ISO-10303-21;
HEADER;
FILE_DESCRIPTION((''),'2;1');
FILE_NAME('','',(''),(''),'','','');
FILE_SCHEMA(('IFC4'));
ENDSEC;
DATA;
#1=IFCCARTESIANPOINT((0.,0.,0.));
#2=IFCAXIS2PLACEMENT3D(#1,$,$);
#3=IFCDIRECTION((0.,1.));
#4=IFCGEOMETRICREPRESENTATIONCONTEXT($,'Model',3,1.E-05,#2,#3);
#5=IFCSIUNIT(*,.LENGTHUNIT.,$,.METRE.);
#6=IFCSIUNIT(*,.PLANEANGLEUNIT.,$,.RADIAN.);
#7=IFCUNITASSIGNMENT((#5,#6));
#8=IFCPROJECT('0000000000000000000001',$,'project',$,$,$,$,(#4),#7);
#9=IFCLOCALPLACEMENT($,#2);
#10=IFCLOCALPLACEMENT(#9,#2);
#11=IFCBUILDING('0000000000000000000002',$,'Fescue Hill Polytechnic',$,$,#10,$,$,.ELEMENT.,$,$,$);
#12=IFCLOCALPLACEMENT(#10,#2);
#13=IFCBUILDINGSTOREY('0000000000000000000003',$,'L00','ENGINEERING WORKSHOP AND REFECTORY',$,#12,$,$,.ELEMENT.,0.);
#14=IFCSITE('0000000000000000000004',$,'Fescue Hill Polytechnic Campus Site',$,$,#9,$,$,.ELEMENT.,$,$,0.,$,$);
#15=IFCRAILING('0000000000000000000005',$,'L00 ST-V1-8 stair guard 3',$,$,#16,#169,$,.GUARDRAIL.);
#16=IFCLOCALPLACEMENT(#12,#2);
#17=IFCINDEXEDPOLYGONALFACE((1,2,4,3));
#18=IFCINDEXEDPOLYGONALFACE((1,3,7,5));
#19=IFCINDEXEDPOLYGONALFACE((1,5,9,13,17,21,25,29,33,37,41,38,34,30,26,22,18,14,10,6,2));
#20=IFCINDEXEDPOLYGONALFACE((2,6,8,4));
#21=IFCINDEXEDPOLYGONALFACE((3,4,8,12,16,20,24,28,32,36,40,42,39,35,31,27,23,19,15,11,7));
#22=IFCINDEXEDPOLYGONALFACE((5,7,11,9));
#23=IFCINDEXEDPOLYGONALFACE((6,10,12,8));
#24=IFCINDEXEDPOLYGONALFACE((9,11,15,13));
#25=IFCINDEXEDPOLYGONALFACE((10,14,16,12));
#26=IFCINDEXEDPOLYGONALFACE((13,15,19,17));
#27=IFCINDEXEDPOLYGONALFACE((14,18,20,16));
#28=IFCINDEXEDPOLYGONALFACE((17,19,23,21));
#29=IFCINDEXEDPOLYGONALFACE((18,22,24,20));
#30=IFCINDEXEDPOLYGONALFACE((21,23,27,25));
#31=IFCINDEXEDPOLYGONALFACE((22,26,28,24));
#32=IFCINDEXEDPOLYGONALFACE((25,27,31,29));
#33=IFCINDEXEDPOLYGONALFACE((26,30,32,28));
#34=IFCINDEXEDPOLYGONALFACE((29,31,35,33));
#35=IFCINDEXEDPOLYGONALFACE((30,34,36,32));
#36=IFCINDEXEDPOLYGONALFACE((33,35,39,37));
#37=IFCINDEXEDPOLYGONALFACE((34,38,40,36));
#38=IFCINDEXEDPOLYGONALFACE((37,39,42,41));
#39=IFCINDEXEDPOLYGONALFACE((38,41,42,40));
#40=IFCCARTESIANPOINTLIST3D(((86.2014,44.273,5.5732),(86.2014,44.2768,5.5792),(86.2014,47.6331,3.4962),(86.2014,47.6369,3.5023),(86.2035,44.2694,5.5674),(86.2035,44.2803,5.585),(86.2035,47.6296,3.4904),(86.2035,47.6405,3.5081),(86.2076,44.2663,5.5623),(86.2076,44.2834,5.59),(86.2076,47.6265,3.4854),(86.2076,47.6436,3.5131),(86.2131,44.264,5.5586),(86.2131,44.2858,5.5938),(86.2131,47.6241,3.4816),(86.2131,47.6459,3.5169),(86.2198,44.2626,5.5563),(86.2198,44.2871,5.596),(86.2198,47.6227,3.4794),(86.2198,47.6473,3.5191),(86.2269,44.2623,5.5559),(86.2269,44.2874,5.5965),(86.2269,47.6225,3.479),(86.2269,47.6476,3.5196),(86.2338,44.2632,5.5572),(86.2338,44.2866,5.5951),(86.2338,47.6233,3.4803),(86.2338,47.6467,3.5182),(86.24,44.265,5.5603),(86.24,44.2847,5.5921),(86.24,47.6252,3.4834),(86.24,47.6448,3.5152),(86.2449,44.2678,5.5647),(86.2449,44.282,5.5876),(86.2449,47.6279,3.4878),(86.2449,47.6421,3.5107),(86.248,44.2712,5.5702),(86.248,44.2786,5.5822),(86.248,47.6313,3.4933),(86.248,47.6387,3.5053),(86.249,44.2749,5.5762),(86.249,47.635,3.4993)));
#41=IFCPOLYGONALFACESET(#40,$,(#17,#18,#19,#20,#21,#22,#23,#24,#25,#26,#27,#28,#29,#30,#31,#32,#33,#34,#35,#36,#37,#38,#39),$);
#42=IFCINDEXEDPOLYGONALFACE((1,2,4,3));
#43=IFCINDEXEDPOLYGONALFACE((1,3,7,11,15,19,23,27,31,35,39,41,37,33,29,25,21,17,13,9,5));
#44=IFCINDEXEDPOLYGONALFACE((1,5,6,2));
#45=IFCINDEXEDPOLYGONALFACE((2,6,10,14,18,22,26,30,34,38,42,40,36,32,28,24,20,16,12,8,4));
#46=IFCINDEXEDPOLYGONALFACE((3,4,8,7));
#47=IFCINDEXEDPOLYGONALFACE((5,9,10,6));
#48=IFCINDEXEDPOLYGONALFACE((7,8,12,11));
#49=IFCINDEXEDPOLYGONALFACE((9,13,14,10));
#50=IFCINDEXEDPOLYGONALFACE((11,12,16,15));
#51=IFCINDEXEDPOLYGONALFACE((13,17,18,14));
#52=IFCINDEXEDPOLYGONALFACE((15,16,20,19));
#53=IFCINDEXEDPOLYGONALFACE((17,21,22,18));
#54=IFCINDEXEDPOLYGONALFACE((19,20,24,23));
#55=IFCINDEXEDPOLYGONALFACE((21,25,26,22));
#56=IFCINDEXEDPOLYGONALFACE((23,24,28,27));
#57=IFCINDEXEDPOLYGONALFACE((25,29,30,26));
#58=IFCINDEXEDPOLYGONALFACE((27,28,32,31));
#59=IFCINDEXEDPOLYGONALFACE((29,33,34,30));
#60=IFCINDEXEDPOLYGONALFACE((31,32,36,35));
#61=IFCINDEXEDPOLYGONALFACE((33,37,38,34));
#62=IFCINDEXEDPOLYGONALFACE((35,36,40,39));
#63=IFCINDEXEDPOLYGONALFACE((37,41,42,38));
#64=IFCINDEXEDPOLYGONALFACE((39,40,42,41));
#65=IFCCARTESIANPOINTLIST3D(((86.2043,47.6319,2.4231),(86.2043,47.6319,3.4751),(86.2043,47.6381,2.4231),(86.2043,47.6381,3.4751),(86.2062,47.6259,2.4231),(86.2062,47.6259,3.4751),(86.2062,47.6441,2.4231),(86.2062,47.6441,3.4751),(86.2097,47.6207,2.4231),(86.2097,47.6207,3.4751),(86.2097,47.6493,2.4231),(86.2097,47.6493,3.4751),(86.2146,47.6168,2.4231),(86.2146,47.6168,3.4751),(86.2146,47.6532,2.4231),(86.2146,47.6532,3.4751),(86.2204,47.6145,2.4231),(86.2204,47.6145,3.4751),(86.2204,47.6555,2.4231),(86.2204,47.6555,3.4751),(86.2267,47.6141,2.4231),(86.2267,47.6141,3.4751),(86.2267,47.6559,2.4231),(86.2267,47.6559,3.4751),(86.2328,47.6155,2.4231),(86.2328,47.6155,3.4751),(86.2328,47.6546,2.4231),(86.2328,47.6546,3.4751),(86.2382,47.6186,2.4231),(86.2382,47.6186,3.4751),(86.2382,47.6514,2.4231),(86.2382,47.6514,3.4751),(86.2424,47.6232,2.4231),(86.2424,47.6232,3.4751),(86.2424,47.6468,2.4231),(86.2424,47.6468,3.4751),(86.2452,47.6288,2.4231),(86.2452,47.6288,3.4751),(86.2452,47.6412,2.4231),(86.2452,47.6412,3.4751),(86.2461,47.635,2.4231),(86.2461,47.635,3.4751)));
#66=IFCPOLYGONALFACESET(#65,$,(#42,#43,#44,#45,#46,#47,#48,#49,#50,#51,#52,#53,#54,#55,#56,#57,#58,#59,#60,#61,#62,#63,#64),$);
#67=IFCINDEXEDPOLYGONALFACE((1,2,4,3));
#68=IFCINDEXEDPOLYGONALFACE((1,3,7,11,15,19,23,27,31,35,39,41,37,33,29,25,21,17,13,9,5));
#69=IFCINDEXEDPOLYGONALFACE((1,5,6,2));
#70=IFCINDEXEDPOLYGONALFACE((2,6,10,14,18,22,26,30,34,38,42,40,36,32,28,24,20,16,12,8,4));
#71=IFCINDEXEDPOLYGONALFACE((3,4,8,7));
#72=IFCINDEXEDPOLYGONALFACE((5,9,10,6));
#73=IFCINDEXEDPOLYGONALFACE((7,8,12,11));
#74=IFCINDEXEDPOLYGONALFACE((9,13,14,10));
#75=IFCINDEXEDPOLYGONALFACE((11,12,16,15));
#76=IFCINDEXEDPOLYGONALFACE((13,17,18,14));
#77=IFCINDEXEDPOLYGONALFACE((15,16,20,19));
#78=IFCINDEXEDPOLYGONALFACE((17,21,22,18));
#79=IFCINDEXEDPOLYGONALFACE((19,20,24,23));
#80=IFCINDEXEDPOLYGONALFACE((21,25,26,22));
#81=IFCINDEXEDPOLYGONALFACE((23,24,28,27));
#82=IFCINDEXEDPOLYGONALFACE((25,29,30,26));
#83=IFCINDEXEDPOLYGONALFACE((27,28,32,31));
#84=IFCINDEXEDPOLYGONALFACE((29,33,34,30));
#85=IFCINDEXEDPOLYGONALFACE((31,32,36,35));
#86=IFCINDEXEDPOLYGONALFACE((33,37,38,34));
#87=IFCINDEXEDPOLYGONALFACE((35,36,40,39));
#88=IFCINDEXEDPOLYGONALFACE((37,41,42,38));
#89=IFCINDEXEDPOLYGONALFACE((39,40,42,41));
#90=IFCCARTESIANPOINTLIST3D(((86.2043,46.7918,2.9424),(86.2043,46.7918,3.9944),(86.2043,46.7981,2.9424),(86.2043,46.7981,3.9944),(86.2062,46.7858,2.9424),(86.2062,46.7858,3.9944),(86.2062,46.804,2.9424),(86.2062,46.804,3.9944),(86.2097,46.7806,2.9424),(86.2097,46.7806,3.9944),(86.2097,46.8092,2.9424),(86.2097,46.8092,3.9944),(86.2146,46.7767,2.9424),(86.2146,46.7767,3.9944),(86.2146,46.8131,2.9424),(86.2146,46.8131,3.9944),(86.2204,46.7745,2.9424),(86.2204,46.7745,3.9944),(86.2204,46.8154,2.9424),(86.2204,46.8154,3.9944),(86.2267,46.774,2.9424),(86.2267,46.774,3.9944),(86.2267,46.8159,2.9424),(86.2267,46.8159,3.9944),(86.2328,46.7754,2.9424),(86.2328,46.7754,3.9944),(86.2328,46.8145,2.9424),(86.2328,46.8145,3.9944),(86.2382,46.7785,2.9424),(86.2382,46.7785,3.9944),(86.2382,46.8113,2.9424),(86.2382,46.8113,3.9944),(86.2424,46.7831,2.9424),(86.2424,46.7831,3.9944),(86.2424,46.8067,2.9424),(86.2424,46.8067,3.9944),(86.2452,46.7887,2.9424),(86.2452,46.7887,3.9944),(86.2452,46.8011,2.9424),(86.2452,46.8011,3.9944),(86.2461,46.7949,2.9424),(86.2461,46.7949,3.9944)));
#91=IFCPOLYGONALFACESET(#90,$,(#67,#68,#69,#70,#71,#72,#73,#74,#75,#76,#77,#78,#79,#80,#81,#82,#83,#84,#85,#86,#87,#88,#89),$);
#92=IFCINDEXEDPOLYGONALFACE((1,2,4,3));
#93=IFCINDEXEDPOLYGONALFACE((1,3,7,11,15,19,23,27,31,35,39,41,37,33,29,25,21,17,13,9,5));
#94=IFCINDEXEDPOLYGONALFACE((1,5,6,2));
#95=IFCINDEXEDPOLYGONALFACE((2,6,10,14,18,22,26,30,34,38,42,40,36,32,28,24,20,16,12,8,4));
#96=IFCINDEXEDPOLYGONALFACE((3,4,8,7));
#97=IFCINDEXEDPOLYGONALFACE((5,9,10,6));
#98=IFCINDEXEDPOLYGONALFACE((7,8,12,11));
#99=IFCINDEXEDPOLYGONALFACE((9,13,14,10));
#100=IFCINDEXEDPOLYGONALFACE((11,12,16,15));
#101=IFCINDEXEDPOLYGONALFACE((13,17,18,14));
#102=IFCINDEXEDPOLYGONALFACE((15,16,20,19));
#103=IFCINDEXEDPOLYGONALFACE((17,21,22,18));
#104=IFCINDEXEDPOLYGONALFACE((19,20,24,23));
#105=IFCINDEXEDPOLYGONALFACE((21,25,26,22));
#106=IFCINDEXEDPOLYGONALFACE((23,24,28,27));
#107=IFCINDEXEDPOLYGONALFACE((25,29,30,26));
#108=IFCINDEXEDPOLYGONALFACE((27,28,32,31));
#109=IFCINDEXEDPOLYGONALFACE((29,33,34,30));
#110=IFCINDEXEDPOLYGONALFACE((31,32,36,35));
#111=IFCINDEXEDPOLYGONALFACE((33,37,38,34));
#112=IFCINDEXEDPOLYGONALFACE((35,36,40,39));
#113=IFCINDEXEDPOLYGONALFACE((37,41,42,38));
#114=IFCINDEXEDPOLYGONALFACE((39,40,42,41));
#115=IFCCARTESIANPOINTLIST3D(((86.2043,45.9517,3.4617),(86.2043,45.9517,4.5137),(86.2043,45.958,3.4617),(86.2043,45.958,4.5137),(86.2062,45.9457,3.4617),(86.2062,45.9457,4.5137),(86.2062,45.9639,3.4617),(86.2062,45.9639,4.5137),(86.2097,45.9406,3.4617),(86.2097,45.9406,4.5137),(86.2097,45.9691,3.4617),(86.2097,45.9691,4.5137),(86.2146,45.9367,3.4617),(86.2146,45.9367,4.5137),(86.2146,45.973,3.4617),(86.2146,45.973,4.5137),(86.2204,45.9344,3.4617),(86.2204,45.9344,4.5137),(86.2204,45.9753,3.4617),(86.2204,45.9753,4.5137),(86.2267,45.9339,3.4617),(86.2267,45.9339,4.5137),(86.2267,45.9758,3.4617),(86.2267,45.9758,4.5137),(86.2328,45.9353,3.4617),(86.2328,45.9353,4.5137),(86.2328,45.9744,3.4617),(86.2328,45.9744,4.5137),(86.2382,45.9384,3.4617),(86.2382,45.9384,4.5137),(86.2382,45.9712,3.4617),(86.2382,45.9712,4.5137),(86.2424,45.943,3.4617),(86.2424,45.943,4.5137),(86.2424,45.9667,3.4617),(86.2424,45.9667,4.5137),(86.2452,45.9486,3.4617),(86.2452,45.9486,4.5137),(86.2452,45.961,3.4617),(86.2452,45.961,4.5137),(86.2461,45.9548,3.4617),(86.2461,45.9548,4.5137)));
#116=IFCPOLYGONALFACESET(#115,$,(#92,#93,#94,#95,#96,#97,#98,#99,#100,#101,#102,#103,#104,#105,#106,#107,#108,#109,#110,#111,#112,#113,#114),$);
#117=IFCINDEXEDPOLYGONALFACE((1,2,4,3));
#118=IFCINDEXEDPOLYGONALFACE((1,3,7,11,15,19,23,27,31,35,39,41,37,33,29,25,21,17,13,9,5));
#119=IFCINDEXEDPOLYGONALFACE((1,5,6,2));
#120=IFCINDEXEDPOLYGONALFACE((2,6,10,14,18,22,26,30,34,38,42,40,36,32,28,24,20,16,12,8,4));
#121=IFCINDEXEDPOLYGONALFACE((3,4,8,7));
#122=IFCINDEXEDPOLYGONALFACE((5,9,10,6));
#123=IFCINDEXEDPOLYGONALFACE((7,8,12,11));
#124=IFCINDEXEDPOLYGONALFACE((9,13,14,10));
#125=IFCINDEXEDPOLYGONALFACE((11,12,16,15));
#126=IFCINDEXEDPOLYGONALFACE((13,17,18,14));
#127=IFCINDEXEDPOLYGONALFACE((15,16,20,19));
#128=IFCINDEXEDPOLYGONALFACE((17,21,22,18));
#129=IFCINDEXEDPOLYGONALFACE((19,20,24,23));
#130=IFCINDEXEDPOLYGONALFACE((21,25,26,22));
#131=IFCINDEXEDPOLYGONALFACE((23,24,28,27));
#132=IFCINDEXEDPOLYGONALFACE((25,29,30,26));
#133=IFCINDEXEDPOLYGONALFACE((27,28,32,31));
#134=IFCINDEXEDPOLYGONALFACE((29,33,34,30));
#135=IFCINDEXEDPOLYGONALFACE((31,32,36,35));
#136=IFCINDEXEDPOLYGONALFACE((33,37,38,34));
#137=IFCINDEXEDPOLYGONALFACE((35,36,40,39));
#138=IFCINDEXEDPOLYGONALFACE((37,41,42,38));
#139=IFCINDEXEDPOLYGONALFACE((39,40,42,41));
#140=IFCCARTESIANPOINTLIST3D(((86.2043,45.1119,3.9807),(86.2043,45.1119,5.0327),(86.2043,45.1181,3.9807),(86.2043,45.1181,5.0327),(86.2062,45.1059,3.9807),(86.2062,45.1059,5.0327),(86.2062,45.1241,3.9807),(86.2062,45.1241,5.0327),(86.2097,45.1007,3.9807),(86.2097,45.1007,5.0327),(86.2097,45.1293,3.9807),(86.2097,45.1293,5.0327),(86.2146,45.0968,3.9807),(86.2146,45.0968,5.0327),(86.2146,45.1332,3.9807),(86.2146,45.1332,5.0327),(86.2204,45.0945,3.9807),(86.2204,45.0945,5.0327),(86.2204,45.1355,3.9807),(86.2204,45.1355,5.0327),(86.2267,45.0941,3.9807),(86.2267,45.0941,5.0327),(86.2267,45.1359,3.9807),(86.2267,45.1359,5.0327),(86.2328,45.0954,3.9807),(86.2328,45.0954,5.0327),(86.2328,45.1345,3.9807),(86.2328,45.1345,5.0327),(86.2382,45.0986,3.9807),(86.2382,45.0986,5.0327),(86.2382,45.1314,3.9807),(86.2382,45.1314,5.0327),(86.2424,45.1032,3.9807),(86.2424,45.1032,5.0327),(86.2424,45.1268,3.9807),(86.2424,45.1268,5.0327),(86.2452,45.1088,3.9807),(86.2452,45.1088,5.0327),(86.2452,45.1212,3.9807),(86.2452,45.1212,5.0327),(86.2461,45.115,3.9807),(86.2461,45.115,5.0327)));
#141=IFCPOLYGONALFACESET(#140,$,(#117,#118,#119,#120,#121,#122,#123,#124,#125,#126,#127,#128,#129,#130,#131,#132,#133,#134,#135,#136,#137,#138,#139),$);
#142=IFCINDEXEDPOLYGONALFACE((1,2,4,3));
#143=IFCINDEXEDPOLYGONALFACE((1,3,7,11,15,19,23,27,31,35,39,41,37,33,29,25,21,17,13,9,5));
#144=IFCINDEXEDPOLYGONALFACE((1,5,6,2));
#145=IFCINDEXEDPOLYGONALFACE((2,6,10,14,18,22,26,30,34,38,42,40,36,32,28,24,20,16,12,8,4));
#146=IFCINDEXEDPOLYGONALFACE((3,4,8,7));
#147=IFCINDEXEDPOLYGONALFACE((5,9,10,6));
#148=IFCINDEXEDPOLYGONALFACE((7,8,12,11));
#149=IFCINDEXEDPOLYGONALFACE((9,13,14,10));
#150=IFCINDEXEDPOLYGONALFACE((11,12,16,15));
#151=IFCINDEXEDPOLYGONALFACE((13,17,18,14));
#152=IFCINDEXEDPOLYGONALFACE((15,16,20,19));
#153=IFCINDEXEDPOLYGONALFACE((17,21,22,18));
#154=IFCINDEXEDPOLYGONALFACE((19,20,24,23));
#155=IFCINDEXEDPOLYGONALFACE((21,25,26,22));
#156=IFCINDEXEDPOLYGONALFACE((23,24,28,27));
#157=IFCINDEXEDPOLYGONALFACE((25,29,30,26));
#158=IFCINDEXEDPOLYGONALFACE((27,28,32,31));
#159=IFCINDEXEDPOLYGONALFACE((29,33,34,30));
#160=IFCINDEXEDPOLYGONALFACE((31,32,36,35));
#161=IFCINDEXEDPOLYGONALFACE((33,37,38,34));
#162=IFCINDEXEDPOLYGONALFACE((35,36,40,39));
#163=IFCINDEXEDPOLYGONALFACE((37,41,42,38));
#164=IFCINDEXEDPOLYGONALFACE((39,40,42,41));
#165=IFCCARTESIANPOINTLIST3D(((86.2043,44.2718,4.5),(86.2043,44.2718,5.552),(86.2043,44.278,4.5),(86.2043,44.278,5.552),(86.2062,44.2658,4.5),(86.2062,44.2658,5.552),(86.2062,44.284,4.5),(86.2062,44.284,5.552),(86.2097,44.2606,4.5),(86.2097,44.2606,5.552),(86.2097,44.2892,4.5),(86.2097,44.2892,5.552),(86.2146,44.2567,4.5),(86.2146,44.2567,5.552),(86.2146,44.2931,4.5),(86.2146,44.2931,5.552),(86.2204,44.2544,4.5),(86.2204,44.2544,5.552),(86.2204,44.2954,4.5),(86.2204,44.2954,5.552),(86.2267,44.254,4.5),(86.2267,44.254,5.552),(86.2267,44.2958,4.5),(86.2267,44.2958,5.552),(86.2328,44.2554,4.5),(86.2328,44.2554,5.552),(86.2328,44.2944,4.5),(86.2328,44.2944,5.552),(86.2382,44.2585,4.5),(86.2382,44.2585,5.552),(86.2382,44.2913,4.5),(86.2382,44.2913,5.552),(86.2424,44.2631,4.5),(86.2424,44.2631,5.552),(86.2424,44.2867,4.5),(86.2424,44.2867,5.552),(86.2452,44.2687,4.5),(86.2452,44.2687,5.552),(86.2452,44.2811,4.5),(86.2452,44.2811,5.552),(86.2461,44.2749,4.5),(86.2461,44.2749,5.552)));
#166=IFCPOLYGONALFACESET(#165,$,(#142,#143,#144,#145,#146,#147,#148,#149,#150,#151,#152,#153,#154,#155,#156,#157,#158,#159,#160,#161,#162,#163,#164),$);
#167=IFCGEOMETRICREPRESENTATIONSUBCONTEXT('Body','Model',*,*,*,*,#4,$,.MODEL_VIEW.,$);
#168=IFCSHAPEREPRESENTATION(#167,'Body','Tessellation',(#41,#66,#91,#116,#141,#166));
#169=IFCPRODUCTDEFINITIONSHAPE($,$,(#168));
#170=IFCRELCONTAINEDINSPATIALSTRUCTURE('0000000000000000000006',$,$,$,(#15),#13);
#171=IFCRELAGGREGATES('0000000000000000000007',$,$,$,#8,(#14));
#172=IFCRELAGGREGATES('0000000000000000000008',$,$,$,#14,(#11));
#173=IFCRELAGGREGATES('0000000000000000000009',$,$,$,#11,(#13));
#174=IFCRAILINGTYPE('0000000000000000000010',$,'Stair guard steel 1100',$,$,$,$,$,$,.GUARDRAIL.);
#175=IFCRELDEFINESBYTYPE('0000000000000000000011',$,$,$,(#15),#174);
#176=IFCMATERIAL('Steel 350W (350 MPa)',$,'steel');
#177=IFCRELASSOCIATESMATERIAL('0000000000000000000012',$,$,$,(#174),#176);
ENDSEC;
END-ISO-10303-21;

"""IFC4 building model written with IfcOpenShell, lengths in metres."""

from ifc_helpers import new_model, si_unit, direction, frame, origin, origin_2d, place, context, subcontext, project, spatial, circle, extrude, material, type_object, element, save


model = new_model("IFC4")

# Units and contexts
model_context = context("Model", 3, precision=1e-05, world=origin(), true_north=direction((0.0, 1.0)))
body_context = subcontext(model_context, "Body", "Model", "MODEL_VIEW")
ifc_project = project(units=[si_unit("LENGTHUNIT", "METRE"), si_unit("PLANEANGLEUNIT", "RADIAN")], contexts=[model_context])

# Site, building, storey
site_placement = place(None, origin())
site = spatial("IfcSite", under=ifc_project, at=site_placement, Name="Fescue Hill Polytechnic Campus Site", CompositionType="ELEMENT", RefElevation=0.0)
building_placement = place(site_placement, origin())
building = spatial("IfcBuilding", under=site, at=building_placement, Name="Fescue Hill Polytechnic", CompositionType="ELEMENT")
storey_placement = place(building_placement, origin())
storey = spatial("IfcBuildingStorey", under=building, at=storey_placement, Name="L00", Description="ENGINEERING WORKSHOP AND REFECTORY", CompositionType="ELEMENT", Elevation=0.0)

# Railing
ifc_material_1 = material(Name="Steel 350W (350 MPa)", Category="steel")
railing_type_1 = type_object("IfcRailingType", Name="Stair guard steel 1100", PredefinedType="GUARDRAIL", material=ifc_material_1)
railing_1_placement = place(storey_placement, frame((86.2251, 47.635, 2.4231)))
element("IfcRailing", 1, at=railing_1_placement, inside=storey, type_object=railing_type_1, Name="L00 ST-V1-8 stair guard 3", PredefinedType="GUARDRAIL", context=body_context, shape_type="SweptSolid", body=[
    extrude(circle(Radius=0.0239, at=origin_2d()), frame((0.0, 0.0, 1.0762), z_axis=(0.0, -0.850623, 0.525776), x_axis=(1.0, 0.0, 0.0)), (0.0, 0.0, 1.0), 3.9502),
    extrude(circle(Radius=0.021, at=origin_2d()), origin(), (0.0, 0.0, 1.0), 1.052),
    extrude(circle(Radius=0.021, at=origin_2d()), frame((0.0, -0.8401, 0.5193)), (0.0, 0.0, 1.0), 1.052),
    extrude(circle(Radius=0.021, at=origin_2d()), frame((0.0, -1.6802, 1.0386)), (0.0, 0.0, 1.0), 1.052),
    extrude(circle(Radius=0.021, at=origin_2d()), frame((0.0, -2.52, 1.5576)), (0.0, 0.0, 1.0), 1.052),
    extrude(circle(Radius=0.021, at=origin_2d()), frame((0.0, -3.3601, 2.0769)), (0.0, 0.0, 1.0), 1.052),
])

save(model, "model.ifc")
